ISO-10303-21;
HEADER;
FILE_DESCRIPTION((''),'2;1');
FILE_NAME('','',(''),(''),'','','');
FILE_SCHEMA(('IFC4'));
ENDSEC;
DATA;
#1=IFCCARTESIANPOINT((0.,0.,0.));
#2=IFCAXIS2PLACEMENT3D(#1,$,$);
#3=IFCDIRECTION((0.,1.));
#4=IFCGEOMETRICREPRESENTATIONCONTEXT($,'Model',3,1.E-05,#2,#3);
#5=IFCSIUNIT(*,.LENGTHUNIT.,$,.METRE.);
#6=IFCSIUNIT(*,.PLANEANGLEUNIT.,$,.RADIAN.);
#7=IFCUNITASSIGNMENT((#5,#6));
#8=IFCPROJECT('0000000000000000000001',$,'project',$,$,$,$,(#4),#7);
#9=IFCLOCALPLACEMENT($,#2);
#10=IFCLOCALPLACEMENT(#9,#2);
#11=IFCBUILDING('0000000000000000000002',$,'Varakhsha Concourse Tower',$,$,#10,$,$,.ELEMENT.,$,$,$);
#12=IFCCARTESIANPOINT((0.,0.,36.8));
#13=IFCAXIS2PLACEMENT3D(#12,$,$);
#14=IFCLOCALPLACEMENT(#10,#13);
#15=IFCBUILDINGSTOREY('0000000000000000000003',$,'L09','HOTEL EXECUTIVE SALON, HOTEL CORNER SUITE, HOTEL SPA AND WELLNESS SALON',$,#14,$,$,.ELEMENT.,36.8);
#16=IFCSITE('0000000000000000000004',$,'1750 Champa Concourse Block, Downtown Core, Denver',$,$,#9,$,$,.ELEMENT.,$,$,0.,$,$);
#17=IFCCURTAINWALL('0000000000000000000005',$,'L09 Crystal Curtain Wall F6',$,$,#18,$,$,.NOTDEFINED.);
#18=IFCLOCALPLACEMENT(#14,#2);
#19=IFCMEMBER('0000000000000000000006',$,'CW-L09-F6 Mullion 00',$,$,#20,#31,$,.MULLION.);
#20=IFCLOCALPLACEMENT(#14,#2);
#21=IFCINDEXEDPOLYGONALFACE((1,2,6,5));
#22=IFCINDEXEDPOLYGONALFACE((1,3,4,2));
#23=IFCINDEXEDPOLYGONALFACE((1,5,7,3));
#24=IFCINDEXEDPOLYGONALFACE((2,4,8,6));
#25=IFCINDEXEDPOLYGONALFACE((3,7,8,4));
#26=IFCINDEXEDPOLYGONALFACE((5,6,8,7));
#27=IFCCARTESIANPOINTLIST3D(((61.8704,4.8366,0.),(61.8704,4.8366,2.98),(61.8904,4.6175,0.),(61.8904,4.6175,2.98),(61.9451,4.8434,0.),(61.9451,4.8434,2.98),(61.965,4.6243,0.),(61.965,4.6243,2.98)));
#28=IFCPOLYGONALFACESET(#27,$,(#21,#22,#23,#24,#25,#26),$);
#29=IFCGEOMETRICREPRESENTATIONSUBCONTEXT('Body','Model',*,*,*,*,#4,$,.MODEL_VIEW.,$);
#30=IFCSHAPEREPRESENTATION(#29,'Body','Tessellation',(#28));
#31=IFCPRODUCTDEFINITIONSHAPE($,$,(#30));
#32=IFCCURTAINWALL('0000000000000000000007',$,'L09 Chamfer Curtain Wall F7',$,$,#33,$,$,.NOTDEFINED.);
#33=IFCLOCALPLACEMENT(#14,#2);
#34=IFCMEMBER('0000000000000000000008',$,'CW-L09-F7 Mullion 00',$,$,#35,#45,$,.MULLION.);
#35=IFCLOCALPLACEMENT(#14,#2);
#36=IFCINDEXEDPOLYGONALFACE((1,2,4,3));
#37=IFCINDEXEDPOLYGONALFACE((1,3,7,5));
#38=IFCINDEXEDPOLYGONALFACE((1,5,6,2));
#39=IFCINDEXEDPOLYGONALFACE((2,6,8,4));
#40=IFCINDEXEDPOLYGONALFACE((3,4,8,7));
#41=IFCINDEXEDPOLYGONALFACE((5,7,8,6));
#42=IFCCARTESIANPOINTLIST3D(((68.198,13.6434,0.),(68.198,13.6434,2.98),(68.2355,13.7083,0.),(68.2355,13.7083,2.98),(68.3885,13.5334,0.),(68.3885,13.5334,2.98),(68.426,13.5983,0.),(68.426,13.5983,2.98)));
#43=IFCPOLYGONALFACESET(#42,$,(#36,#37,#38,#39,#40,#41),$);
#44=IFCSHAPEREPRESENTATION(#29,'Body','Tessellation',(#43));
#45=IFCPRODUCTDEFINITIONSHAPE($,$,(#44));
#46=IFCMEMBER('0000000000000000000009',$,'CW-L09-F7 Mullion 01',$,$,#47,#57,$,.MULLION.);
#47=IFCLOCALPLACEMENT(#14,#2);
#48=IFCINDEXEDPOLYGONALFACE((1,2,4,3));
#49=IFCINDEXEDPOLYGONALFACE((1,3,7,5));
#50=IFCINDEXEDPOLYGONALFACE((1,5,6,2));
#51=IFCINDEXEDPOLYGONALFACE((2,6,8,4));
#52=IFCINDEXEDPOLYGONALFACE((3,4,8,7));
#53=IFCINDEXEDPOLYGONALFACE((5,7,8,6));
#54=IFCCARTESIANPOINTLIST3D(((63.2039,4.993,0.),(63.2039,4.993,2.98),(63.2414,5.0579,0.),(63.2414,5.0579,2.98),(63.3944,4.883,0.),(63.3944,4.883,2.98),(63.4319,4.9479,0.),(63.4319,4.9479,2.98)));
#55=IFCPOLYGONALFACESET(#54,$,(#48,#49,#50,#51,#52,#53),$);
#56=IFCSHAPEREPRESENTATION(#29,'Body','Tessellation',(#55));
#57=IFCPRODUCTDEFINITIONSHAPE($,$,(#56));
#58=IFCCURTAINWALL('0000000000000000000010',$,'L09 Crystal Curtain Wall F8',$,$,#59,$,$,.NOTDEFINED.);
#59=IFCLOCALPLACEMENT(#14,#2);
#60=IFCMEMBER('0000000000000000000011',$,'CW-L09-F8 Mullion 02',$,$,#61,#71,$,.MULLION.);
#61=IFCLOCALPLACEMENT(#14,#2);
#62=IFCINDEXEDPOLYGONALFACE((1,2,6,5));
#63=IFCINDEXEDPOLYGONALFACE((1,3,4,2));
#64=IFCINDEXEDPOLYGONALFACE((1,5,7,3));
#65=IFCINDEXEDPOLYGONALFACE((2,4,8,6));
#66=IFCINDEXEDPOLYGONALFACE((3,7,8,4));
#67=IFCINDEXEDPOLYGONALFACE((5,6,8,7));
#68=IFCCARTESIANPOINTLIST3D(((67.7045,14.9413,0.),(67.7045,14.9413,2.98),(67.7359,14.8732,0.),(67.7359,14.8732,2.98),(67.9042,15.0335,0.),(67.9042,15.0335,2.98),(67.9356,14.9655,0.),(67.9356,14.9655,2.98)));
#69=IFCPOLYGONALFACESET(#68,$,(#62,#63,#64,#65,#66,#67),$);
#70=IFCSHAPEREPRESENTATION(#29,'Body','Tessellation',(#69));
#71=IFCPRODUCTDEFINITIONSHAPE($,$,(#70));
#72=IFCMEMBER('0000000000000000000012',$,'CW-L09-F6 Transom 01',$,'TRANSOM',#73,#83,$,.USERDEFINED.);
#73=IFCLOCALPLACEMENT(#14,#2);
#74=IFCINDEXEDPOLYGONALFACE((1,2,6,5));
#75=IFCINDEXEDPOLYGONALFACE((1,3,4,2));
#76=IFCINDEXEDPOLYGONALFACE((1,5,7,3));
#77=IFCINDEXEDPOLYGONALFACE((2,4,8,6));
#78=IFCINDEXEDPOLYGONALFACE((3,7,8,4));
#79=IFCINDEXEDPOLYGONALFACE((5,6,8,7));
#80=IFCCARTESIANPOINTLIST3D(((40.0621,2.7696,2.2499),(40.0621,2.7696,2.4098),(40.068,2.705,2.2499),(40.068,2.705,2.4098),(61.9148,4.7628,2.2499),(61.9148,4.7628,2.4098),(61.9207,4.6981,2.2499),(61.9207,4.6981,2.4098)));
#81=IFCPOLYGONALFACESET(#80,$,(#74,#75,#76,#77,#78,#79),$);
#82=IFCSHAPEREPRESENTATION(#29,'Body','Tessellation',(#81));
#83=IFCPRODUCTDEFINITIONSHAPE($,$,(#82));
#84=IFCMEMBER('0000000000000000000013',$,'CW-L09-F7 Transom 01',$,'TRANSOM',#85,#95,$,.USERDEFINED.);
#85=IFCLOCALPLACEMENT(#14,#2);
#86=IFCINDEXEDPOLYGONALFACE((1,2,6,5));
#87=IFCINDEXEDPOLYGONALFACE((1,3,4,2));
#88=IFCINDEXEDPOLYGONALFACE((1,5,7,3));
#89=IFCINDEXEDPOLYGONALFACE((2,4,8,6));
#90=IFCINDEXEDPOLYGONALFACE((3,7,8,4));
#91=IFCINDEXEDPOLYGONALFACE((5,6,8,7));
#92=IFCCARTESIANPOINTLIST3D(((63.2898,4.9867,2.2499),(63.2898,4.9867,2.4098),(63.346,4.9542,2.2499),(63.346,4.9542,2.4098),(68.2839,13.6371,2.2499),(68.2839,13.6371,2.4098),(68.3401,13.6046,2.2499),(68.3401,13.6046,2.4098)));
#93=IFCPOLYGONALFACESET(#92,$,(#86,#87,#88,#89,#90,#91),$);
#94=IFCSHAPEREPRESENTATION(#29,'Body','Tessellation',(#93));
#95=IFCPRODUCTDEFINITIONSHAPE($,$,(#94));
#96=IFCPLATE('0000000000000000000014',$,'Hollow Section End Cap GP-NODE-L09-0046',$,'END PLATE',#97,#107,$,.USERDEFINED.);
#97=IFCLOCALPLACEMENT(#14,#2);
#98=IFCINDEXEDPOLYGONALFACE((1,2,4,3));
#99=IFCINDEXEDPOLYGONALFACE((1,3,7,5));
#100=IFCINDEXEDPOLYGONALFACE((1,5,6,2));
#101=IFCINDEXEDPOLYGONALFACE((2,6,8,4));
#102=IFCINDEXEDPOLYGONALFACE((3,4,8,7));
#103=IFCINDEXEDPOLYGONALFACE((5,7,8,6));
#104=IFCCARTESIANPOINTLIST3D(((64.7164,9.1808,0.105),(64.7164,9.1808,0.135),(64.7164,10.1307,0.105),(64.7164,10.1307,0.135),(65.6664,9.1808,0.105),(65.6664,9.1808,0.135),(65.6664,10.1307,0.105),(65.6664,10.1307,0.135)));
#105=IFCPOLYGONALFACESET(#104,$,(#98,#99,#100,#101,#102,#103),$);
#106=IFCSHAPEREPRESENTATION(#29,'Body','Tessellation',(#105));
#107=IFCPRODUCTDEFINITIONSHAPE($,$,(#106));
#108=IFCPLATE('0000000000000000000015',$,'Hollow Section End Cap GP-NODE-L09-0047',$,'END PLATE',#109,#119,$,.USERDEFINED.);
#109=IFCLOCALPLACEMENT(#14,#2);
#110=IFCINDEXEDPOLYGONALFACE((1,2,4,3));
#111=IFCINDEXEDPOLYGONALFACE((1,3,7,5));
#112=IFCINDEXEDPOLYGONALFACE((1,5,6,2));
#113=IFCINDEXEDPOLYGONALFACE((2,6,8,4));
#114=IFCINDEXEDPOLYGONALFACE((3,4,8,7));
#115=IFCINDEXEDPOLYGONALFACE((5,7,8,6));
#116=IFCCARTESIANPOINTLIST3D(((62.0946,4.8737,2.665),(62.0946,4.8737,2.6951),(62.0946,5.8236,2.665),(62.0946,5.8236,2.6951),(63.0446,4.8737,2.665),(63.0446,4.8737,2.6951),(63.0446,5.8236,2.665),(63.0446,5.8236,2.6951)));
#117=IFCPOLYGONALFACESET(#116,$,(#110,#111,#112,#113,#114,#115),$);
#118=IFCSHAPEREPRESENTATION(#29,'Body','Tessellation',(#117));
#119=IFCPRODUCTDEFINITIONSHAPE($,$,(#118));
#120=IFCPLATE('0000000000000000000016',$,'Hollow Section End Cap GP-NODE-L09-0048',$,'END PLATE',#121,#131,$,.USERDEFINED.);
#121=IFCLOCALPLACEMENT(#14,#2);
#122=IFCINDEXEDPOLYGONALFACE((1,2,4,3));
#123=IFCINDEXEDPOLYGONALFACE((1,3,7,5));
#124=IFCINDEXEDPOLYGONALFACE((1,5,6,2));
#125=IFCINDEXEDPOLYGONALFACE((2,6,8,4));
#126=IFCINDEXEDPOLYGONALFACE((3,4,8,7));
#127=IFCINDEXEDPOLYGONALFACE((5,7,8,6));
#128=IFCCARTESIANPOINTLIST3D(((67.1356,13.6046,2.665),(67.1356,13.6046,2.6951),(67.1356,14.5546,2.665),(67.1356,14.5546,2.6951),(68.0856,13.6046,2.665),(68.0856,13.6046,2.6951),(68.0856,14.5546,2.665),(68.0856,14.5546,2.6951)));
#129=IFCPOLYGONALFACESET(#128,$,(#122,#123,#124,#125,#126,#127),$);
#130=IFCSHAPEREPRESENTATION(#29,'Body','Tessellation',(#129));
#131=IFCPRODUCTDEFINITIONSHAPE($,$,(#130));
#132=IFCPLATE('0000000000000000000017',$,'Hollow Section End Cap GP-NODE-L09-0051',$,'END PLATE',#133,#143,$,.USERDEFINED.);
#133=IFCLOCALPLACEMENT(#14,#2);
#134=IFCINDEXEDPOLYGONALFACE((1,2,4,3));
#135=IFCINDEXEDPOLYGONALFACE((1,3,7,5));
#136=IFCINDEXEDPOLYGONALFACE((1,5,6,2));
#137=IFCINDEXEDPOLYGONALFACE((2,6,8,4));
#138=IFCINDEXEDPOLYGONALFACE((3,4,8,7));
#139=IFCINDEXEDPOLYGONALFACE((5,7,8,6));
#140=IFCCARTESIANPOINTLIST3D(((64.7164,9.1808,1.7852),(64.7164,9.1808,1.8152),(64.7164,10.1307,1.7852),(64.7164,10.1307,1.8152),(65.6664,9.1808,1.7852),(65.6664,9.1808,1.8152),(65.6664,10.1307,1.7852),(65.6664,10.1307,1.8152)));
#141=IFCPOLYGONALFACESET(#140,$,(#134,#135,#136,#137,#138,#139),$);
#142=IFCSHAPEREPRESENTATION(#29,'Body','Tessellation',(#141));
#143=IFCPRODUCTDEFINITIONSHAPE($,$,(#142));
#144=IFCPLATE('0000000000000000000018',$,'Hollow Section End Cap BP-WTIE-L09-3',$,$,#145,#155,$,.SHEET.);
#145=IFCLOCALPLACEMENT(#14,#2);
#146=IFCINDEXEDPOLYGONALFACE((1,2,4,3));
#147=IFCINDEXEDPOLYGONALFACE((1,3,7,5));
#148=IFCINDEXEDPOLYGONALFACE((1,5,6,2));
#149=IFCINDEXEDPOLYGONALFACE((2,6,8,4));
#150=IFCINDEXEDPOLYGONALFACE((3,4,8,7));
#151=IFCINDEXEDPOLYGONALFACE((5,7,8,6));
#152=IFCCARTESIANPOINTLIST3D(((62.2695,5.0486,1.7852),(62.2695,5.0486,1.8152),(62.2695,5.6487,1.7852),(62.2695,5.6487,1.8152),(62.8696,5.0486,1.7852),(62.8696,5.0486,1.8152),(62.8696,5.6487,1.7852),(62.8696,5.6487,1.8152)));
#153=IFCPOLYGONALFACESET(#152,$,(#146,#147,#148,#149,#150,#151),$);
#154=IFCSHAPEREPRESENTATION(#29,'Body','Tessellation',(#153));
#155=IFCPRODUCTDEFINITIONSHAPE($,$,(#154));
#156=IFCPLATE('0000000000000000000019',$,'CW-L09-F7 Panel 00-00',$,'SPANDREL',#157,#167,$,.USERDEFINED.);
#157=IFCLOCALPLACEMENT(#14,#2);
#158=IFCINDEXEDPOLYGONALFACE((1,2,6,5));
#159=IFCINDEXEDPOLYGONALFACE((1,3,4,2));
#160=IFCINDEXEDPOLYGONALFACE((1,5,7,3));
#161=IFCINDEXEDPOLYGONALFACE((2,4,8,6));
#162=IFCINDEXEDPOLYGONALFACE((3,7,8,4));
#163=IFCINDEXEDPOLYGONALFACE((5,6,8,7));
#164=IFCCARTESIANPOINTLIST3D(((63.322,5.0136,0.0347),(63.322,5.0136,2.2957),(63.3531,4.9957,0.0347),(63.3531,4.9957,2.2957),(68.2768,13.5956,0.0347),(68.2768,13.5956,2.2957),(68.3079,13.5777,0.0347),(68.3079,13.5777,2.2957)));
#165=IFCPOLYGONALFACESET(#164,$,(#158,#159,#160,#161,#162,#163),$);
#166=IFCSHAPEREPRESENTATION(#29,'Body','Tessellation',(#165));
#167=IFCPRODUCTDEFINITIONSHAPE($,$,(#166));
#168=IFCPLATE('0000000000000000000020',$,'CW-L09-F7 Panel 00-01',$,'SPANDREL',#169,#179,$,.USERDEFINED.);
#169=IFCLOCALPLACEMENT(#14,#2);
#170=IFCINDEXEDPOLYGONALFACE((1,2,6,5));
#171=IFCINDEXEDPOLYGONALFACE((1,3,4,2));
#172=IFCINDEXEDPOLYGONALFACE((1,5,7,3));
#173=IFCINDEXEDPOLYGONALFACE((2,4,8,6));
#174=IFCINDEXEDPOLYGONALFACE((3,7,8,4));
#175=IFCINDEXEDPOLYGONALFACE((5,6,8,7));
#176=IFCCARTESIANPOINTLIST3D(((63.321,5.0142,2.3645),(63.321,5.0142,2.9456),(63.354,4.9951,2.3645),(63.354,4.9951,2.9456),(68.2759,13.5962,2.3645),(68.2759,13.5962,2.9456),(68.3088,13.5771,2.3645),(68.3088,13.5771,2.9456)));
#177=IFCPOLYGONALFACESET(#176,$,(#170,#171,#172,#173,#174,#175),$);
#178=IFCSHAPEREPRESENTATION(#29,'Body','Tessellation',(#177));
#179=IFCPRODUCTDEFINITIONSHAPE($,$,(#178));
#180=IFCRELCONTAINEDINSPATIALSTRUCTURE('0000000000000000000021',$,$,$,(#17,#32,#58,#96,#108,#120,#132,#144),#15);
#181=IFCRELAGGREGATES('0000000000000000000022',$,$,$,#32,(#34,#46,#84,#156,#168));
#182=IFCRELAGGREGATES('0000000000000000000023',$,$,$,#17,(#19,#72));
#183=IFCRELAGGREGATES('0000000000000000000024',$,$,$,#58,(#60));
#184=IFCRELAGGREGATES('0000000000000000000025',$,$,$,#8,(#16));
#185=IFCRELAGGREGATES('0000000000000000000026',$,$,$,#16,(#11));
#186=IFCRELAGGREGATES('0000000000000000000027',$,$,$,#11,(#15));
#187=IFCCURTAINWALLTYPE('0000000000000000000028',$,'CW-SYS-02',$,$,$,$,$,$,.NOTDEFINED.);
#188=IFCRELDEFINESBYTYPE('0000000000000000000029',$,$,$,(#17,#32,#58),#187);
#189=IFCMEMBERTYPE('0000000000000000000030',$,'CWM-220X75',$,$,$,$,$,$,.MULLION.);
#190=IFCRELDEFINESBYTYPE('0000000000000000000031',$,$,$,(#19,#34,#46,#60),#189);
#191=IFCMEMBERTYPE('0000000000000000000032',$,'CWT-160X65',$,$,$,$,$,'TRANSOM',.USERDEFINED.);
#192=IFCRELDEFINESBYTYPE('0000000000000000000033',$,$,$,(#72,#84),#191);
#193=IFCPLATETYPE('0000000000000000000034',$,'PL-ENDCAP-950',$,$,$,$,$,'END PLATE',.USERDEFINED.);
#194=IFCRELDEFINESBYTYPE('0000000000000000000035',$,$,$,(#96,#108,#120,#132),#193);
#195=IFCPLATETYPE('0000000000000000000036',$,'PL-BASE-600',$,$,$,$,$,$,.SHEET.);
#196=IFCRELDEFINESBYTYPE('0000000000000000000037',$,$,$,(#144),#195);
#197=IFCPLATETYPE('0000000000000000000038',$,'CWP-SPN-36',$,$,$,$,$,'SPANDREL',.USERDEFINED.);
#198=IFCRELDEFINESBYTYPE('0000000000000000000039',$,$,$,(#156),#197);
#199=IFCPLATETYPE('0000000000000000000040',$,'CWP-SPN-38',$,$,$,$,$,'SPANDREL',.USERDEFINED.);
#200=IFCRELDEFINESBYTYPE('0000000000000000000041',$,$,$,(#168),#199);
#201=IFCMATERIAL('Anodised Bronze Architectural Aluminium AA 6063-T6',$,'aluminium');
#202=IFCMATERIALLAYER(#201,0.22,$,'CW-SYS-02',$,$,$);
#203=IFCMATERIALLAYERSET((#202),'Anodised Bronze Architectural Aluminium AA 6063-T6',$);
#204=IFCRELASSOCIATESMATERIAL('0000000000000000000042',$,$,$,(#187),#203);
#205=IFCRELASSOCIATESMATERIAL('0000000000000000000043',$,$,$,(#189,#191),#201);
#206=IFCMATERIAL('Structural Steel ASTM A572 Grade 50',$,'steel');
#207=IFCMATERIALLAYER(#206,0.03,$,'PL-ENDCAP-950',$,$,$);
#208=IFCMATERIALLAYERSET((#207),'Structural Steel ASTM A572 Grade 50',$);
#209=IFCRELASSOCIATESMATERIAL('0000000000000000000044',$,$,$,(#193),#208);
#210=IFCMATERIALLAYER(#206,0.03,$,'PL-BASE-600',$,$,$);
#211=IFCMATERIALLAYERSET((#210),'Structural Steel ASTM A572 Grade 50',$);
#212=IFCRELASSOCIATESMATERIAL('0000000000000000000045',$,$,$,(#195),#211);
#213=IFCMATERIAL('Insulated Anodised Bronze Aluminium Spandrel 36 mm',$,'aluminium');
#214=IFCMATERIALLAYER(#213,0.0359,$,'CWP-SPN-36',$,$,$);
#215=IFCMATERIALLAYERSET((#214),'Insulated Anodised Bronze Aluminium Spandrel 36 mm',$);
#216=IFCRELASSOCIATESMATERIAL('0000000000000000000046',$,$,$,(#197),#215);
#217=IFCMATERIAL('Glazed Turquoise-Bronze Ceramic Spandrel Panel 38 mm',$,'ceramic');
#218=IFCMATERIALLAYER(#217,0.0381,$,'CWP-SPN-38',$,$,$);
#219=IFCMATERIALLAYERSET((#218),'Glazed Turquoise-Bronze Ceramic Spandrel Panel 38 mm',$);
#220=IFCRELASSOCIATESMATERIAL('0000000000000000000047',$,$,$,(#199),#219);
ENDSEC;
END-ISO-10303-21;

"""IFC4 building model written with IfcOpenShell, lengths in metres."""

from ifc_helpers import new_model, si_unit, direction, frame, origin, origin_2d, place, context, subcontext, project, spatial, rectangle, extrude, source, transform, mapped, material, layer, layer_set, material_profile, profile_set, type_object, type_shapes, element, aggregate, save


model = new_model("IFC4")

# Units and contexts
model_context = context("Model", 3, precision=1e-05, world=origin(), true_north=direction((0.0, 1.0)))
body_context = subcontext(model_context, "Body", "Model", "MODEL_VIEW")
ifc_project = project(units=[si_unit("LENGTHUNIT", "METRE"), si_unit("PLANEANGLEUNIT", "RADIAN")], contexts=[model_context])

# Site, building, storey
site_placement = place(None, origin())
site = spatial("IfcSite", under=ifc_project, at=site_placement, Name="1750 Champa Concourse Block, Downtown Core, Denver", CompositionType="ELEMENT", RefElevation=0.0)
building_placement = place(site_placement, origin())
building = spatial("IfcBuilding", under=site, at=building_placement, Name="Varakhsha Concourse Tower", CompositionType="ELEMENT")
storey_placement = place(building_placement, frame((0.0, 0.0, 36.8)))
storey = spatial("IfcBuildingStorey", under=building, at=storey_placement, Name="L09", Description="HOTEL EXECUTIVE SALON, HOTEL CORNER SUITE, HOTEL SPA AND WELLNESS SALON", CompositionType="ELEMENT", Elevation=36.8)

# Shared definitions
ifc_material_1 = material(Name="Structural Steel ASTM A572 Grade 50", Category="steel")

# Curtain wall, member
ifc_material_2 = material(Name="Anodised Bronze Architectural Aluminium AA 6063-T6", Category="aluminium")
ifc_layer_1 = layer(ifc_material_2, 0.22, Name="CW-SYS-02")
ifc_layer_set_1 = layer_set([ifc_layer_1], Name="Anodised Bronze Architectural Aluminium AA 6063-T6")
curtain_wall_type = type_object("IfcCurtainWallType", Name="CW-SYS-02", PredefinedType="NOTDEFINED", material=ifc_layer_set_1)
curtain_wall_1_placement = place(storey_placement, origin())
curtain_wall_1 = element("IfcCurtainWall", 1, at=curtain_wall_1_placement, inside=storey, type_object=curtain_wall_type, Name="L09 Crystal Curtain Wall F6", PredefinedType="NOTDEFINED")
ifc_material_profile_1 = material_profile(ifc_material_2, rectangle(XDim=0.075, YDim=0.22, at=origin_2d()), Name="CWM-220X75")
ifc_profile_set_1 = profile_set([ifc_material_profile_1], Name="Anodised Bronze Architectural Aluminium AA 6063-T6")
member_type_1 = type_object("IfcMemberType", Name="CWM-220X75", PredefinedType="MULLION", material=ifc_profile_set_1)
shared_shape_1 = source(origin(), body_context, "Body", "SweptSolid", [
    extrude(rectangle(XDim=0.075, YDim=0.22, at=origin_2d()), origin(), (0.0, 0.0, 1.0), 2.98),
])
type_shapes(member_type_1, [shared_shape_1])
member_1_placement = place(storey_placement, frame((61.9177, 4.7305, 0.0), z_axis=(0.0, 0.0, 1.0), x_axis=(-0.995866, -0.090834, 0.0)))
member_1 = element("IfcMember", 2, at=member_1_placement, type_object=member_type_1, Name="CW-L09-F6 Mullion 00", PredefinedType="MULLION", context=body_context, shape_type="MappedRepresentation", body=[
    mapped(shared_shape_1, transform((0.0, 0.0, 0.0), scale=1.0)),
])

# Curtain wall, members
curtain_wall_2_placement = place(storey_placement, origin())
curtain_wall_2 = element("IfcCurtainWall", 3, at=curtain_wall_2_placement, inside=storey, type_object=curtain_wall_type, Name="L09 Chamfer Curtain Wall F7", PredefinedType="NOTDEFINED")
member_2_placement = place(storey_placement, frame((68.312, 13.6208, 0.0), z_axis=(0.0, 0.0, 1.0), x_axis=(-0.499998, -0.866026, 0.0)))
member_2 = element("IfcMember", 4, at=member_2_placement, type_object=member_type_1, Name="CW-L09-F7 Mullion 00", PredefinedType="MULLION", context=body_context, shape_type="MappedRepresentation", body=[
    mapped(shared_shape_1, transform((0.0, 0.0, 0.0), scale=1.0)),
])
member_3_placement = place(storey_placement, frame((63.3179, 4.9705, 0.0), z_axis=(0.0, 0.0, 1.0), x_axis=(-0.499998, -0.866026, 0.0)))
member_3 = element("IfcMember", 5, at=member_3_placement, type_object=member_type_1, Name="CW-L09-F7 Mullion 01", PredefinedType="MULLION", context=body_context, shape_type="MappedRepresentation", body=[
    mapped(shared_shape_1, transform((0.0, 0.0, 0.0), scale=1.0)),
])

# Curtain wall, member
curtain_wall_3_placement = place(storey_placement, origin())
curtain_wall_3 = element("IfcCurtainWall", 6, at=curtain_wall_3_placement, inside=storey, type_object=curtain_wall_type, Name="L09 Crystal Curtain Wall F8", PredefinedType="NOTDEFINED")
member_4_placement = place(storey_placement, frame((67.8201, 14.9534, 0.0), z_axis=(0.0, 0.0, 1.0), x_axis=(0.41927, -0.907862, 0.0)))
member_4 = element("IfcMember", 7, at=member_4_placement, type_object=member_type_1, Name="CW-L09-F8 Mullion 02", PredefinedType="MULLION", context=body_context, shape_type="MappedRepresentation", body=[
    mapped(shared_shape_1, transform((0.0, 0.0, 0.0), scale=1.0)),
])

# Members
ifc_material_profile_2 = material_profile(ifc_material_2, rectangle(XDim=0.0649, YDim=0.1599, at=origin_2d()), Name="CWT-160X65")
ifc_profile_set_2 = profile_set([ifc_material_profile_2], Name="Anodised Bronze Architectural Aluminium AA 6063-T6")
member_type_2 = type_object("IfcMemberType", Name="CWT-160X65", ElementType="TRANSOM", PredefinedType="USERDEFINED", material=ifc_profile_set_2)
shared_shape_2 = source(origin(), body_context, "Body", "SweptSolid", [
    extrude(rectangle(XDim=0.0649, YDim=0.1599, at=origin_2d()), origin(), (0.0, 0.0, 1.0), 21.9434),
])
member_5_placement = place(storey_placement, frame((61.9177, 4.7305, 2.3298), z_axis=(-0.995866, -0.090833, 0.0), x_axis=(0.090833, -0.995866, 0.0)))
member_5 = element("IfcMember", 8, at=member_5_placement, type_object=member_type_2, Name="CW-L09-F6 Transom 01", ObjectType="TRANSOM", PredefinedType="USERDEFINED", context=body_context, shape_type="MappedRepresentation", body=[
    mapped(shared_shape_2, transform((0.0, 0.0, 0.0), scale=1.0)),
])
shared_shape_3 = source(origin(), body_context, "Body", "SweptSolid", [
    extrude(rectangle(XDim=0.0649, YDim=0.1599, at=origin_2d()), origin(), (0.0, 0.0, 1.0), 9.9885),
])
type_shapes(member_type_2, [shared_shape_2, shared_shape_3])
member_6_placement = place(storey_placement, frame((68.312, 13.6208, 2.3298), z_axis=(-0.499988, -0.866033, 0.0), x_axis=(0.866033, -0.499988, 0.0)))
member_6 = element("IfcMember", 9, at=member_6_placement, type_object=member_type_2, Name="CW-L09-F7 Transom 01", ObjectType="TRANSOM", PredefinedType="USERDEFINED", context=body_context, shape_type="MappedRepresentation", body=[
    mapped(shared_shape_3, transform((0.0, 0.0, 0.0), scale=1.0)),
])

# Plates
ifc_layer_2 = layer(ifc_material_1, 0.03, Name="PL-ENDCAP-950")
ifc_layer_set_2 = layer_set([ifc_layer_2], Name="Structural Steel ASTM A572 Grade 50")
plate_type_1 = type_object("IfcPlateType", Name="PL-ENDCAP-950", ElementType="END PLATE", PredefinedType="USERDEFINED", material=ifc_layer_set_2)
shared_shape_4 = source(origin(), body_context, "Body", "SweptSolid", [
    extrude(rectangle(XDim=0.95, YDim=0.95, at=origin_2d()), origin(), (0.0, 0.0, 1.0), 0.03),
])
type_shapes(plate_type_1, [shared_shape_4])
for number, where, z_axis, x_axis, name in (
    (10, (65.1914, 9.6558, 0.105), (0.0, 0.0, 1.0), (1.0, 0.0, 0.0), "Hollow Section End Cap GP-NODE-L09-0046"),
    (11, (62.5696, 5.3486, 2.665), (0.0, 0.0, 1.0), (1.0, 0.0, 0.0), "Hollow Section End Cap GP-NODE-L09-0047"),
    (12, (67.6106, 14.0796, 2.665), (0.0, 0.0, 1.0), (1.0, 0.0, 0.0), "Hollow Section End Cap GP-NODE-L09-0048"),
    (13, (65.1914, 9.6558, 1.7852), (0.0, 0.0, 1.0), (1.0, 0.0, 0.0), "Hollow Section End Cap GP-NODE-L09-0051"),
):
    element("IfcPlate", number, at=place(storey_placement, frame(where, z_axis=z_axis, x_axis=x_axis)), inside=storey, type_object=plate_type_1, Name=name, ObjectType="END PLATE", PredefinedType="USERDEFINED", context=body_context, shape_type="MappedRepresentation", body=[
        mapped(shared_shape_4, transform((0.0, 0.0, 0.0), scale=1.0)),
    ])
ifc_layer_3 = layer(ifc_material_1, 0.03, Name="PL-BASE-600")
ifc_layer_set_3 = layer_set([ifc_layer_3], Name="Structural Steel ASTM A572 Grade 50")
plate_type_2 = type_object("IfcPlateType", Name="PL-BASE-600", PredefinedType="SHEET", material=ifc_layer_set_3)
shared_shape_5 = source(origin(), body_context, "Body", "SweptSolid", [
    extrude(rectangle(XDim=0.6001, YDim=0.6001, at=origin_2d()), origin(), (0.0, 0.0, 1.0), 0.03),
])
type_shapes(plate_type_2, [shared_shape_5])
plate_1_placement = place(storey_placement, frame((62.5696, 5.3486, 1.7852), z_axis=(0.0, 0.0, 1.0), x_axis=(1.0, 0.0, 0.0)))
element("IfcPlate", 14, at=plate_1_placement, inside=storey, type_object=plate_type_2, Name="Hollow Section End Cap BP-WTIE-L09-3", PredefinedType="SHEET", context=body_context, shape_type="MappedRepresentation", body=[
    mapped(shared_shape_5, transform((0.0, 0.0, 0.0), scale=1.0)),
])

# Plates
ifc_material_3 = material(Name="Insulated Anodised Bronze Aluminium Spandrel 36 mm", Category="aluminium")
ifc_layer_4 = layer(ifc_material_3, 0.0359, Name="CWP-SPN-36")
ifc_layer_set_4 = layer_set([ifc_layer_4], Name="Insulated Anodised Bronze Aluminium Spandrel 36 mm")
plate_type_3 = type_object("IfcPlateType", Name="CWP-SPN-36", ElementType="SPANDREL", PredefinedType="USERDEFINED", material=ifc_layer_set_4)
shared_shape_6 = source(origin(), body_context, "Body", "SweptSolid", [
    extrude(rectangle(XDim=9.9097, YDim=0.0359, at=origin_2d()), origin(), (0.0, 0.0, 1.0), 2.261),
])
type_shapes(plate_type_3, [shared_shape_6])
plate_2_placement = place(storey_placement, frame((65.8149, 9.2957, 0.0347), z_axis=(0.0, 0.0, 1.0), x_axis=(-0.499998, -0.866026, 0.0)))
plate_2 = element("IfcPlate", 15, at=plate_2_placement, type_object=plate_type_3, Name="CW-L09-F7 Panel 00-00", ObjectType="SPANDREL", PredefinedType="USERDEFINED", context=body_context, shape_type="MappedRepresentation", body=[
    mapped(shared_shape_6, transform((0.0, 0.0, 0.0), scale=1.0)),
])
ifc_material_4 = material(Name="Glazed Turquoise-Bronze Ceramic Spandrel Panel 38 mm", Category="ceramic")
ifc_layer_5 = layer(ifc_material_4, 0.0381, Name="CWP-SPN-38")
ifc_layer_set_5 = layer_set([ifc_layer_5], Name="Glazed Turquoise-Bronze Ceramic Spandrel Panel 38 mm")
plate_type_4 = type_object("IfcPlateType", Name="CWP-SPN-38", ElementType="SPANDREL", PredefinedType="USERDEFINED", material=ifc_layer_set_5)
shared_shape_7 = source(origin(), body_context, "Body", "SweptSolid", [
    extrude(rectangle(XDim=9.9097, YDim=0.0381, at=origin_2d()), origin(), (0.0, 0.0, 1.0), 0.5811),
])
plate_3_placement = place(storey_placement, frame((65.8149, 9.2957, 2.3645), z_axis=(0.0, 0.0, 1.0), x_axis=(-0.499998, -0.866026, 0.0)))
plate_3 = element("IfcPlate", 16, at=plate_3_placement, type_object=plate_type_4, Name="CW-L09-F7 Panel 00-01", ObjectType="SPANDREL", PredefinedType="USERDEFINED", context=body_context, shape_type="MappedRepresentation", body=[
    mapped(shared_shape_7, transform((0.0, 0.0, 0.0), scale=1.0)),
])
aggregate(curtain_wall_2, [member_2, member_3, member_6, plate_2, plate_3])
aggregate(curtain_wall_1, [member_1, member_5])
aggregate(curtain_wall_3, [member_4])

save(model, "model.ifc")
